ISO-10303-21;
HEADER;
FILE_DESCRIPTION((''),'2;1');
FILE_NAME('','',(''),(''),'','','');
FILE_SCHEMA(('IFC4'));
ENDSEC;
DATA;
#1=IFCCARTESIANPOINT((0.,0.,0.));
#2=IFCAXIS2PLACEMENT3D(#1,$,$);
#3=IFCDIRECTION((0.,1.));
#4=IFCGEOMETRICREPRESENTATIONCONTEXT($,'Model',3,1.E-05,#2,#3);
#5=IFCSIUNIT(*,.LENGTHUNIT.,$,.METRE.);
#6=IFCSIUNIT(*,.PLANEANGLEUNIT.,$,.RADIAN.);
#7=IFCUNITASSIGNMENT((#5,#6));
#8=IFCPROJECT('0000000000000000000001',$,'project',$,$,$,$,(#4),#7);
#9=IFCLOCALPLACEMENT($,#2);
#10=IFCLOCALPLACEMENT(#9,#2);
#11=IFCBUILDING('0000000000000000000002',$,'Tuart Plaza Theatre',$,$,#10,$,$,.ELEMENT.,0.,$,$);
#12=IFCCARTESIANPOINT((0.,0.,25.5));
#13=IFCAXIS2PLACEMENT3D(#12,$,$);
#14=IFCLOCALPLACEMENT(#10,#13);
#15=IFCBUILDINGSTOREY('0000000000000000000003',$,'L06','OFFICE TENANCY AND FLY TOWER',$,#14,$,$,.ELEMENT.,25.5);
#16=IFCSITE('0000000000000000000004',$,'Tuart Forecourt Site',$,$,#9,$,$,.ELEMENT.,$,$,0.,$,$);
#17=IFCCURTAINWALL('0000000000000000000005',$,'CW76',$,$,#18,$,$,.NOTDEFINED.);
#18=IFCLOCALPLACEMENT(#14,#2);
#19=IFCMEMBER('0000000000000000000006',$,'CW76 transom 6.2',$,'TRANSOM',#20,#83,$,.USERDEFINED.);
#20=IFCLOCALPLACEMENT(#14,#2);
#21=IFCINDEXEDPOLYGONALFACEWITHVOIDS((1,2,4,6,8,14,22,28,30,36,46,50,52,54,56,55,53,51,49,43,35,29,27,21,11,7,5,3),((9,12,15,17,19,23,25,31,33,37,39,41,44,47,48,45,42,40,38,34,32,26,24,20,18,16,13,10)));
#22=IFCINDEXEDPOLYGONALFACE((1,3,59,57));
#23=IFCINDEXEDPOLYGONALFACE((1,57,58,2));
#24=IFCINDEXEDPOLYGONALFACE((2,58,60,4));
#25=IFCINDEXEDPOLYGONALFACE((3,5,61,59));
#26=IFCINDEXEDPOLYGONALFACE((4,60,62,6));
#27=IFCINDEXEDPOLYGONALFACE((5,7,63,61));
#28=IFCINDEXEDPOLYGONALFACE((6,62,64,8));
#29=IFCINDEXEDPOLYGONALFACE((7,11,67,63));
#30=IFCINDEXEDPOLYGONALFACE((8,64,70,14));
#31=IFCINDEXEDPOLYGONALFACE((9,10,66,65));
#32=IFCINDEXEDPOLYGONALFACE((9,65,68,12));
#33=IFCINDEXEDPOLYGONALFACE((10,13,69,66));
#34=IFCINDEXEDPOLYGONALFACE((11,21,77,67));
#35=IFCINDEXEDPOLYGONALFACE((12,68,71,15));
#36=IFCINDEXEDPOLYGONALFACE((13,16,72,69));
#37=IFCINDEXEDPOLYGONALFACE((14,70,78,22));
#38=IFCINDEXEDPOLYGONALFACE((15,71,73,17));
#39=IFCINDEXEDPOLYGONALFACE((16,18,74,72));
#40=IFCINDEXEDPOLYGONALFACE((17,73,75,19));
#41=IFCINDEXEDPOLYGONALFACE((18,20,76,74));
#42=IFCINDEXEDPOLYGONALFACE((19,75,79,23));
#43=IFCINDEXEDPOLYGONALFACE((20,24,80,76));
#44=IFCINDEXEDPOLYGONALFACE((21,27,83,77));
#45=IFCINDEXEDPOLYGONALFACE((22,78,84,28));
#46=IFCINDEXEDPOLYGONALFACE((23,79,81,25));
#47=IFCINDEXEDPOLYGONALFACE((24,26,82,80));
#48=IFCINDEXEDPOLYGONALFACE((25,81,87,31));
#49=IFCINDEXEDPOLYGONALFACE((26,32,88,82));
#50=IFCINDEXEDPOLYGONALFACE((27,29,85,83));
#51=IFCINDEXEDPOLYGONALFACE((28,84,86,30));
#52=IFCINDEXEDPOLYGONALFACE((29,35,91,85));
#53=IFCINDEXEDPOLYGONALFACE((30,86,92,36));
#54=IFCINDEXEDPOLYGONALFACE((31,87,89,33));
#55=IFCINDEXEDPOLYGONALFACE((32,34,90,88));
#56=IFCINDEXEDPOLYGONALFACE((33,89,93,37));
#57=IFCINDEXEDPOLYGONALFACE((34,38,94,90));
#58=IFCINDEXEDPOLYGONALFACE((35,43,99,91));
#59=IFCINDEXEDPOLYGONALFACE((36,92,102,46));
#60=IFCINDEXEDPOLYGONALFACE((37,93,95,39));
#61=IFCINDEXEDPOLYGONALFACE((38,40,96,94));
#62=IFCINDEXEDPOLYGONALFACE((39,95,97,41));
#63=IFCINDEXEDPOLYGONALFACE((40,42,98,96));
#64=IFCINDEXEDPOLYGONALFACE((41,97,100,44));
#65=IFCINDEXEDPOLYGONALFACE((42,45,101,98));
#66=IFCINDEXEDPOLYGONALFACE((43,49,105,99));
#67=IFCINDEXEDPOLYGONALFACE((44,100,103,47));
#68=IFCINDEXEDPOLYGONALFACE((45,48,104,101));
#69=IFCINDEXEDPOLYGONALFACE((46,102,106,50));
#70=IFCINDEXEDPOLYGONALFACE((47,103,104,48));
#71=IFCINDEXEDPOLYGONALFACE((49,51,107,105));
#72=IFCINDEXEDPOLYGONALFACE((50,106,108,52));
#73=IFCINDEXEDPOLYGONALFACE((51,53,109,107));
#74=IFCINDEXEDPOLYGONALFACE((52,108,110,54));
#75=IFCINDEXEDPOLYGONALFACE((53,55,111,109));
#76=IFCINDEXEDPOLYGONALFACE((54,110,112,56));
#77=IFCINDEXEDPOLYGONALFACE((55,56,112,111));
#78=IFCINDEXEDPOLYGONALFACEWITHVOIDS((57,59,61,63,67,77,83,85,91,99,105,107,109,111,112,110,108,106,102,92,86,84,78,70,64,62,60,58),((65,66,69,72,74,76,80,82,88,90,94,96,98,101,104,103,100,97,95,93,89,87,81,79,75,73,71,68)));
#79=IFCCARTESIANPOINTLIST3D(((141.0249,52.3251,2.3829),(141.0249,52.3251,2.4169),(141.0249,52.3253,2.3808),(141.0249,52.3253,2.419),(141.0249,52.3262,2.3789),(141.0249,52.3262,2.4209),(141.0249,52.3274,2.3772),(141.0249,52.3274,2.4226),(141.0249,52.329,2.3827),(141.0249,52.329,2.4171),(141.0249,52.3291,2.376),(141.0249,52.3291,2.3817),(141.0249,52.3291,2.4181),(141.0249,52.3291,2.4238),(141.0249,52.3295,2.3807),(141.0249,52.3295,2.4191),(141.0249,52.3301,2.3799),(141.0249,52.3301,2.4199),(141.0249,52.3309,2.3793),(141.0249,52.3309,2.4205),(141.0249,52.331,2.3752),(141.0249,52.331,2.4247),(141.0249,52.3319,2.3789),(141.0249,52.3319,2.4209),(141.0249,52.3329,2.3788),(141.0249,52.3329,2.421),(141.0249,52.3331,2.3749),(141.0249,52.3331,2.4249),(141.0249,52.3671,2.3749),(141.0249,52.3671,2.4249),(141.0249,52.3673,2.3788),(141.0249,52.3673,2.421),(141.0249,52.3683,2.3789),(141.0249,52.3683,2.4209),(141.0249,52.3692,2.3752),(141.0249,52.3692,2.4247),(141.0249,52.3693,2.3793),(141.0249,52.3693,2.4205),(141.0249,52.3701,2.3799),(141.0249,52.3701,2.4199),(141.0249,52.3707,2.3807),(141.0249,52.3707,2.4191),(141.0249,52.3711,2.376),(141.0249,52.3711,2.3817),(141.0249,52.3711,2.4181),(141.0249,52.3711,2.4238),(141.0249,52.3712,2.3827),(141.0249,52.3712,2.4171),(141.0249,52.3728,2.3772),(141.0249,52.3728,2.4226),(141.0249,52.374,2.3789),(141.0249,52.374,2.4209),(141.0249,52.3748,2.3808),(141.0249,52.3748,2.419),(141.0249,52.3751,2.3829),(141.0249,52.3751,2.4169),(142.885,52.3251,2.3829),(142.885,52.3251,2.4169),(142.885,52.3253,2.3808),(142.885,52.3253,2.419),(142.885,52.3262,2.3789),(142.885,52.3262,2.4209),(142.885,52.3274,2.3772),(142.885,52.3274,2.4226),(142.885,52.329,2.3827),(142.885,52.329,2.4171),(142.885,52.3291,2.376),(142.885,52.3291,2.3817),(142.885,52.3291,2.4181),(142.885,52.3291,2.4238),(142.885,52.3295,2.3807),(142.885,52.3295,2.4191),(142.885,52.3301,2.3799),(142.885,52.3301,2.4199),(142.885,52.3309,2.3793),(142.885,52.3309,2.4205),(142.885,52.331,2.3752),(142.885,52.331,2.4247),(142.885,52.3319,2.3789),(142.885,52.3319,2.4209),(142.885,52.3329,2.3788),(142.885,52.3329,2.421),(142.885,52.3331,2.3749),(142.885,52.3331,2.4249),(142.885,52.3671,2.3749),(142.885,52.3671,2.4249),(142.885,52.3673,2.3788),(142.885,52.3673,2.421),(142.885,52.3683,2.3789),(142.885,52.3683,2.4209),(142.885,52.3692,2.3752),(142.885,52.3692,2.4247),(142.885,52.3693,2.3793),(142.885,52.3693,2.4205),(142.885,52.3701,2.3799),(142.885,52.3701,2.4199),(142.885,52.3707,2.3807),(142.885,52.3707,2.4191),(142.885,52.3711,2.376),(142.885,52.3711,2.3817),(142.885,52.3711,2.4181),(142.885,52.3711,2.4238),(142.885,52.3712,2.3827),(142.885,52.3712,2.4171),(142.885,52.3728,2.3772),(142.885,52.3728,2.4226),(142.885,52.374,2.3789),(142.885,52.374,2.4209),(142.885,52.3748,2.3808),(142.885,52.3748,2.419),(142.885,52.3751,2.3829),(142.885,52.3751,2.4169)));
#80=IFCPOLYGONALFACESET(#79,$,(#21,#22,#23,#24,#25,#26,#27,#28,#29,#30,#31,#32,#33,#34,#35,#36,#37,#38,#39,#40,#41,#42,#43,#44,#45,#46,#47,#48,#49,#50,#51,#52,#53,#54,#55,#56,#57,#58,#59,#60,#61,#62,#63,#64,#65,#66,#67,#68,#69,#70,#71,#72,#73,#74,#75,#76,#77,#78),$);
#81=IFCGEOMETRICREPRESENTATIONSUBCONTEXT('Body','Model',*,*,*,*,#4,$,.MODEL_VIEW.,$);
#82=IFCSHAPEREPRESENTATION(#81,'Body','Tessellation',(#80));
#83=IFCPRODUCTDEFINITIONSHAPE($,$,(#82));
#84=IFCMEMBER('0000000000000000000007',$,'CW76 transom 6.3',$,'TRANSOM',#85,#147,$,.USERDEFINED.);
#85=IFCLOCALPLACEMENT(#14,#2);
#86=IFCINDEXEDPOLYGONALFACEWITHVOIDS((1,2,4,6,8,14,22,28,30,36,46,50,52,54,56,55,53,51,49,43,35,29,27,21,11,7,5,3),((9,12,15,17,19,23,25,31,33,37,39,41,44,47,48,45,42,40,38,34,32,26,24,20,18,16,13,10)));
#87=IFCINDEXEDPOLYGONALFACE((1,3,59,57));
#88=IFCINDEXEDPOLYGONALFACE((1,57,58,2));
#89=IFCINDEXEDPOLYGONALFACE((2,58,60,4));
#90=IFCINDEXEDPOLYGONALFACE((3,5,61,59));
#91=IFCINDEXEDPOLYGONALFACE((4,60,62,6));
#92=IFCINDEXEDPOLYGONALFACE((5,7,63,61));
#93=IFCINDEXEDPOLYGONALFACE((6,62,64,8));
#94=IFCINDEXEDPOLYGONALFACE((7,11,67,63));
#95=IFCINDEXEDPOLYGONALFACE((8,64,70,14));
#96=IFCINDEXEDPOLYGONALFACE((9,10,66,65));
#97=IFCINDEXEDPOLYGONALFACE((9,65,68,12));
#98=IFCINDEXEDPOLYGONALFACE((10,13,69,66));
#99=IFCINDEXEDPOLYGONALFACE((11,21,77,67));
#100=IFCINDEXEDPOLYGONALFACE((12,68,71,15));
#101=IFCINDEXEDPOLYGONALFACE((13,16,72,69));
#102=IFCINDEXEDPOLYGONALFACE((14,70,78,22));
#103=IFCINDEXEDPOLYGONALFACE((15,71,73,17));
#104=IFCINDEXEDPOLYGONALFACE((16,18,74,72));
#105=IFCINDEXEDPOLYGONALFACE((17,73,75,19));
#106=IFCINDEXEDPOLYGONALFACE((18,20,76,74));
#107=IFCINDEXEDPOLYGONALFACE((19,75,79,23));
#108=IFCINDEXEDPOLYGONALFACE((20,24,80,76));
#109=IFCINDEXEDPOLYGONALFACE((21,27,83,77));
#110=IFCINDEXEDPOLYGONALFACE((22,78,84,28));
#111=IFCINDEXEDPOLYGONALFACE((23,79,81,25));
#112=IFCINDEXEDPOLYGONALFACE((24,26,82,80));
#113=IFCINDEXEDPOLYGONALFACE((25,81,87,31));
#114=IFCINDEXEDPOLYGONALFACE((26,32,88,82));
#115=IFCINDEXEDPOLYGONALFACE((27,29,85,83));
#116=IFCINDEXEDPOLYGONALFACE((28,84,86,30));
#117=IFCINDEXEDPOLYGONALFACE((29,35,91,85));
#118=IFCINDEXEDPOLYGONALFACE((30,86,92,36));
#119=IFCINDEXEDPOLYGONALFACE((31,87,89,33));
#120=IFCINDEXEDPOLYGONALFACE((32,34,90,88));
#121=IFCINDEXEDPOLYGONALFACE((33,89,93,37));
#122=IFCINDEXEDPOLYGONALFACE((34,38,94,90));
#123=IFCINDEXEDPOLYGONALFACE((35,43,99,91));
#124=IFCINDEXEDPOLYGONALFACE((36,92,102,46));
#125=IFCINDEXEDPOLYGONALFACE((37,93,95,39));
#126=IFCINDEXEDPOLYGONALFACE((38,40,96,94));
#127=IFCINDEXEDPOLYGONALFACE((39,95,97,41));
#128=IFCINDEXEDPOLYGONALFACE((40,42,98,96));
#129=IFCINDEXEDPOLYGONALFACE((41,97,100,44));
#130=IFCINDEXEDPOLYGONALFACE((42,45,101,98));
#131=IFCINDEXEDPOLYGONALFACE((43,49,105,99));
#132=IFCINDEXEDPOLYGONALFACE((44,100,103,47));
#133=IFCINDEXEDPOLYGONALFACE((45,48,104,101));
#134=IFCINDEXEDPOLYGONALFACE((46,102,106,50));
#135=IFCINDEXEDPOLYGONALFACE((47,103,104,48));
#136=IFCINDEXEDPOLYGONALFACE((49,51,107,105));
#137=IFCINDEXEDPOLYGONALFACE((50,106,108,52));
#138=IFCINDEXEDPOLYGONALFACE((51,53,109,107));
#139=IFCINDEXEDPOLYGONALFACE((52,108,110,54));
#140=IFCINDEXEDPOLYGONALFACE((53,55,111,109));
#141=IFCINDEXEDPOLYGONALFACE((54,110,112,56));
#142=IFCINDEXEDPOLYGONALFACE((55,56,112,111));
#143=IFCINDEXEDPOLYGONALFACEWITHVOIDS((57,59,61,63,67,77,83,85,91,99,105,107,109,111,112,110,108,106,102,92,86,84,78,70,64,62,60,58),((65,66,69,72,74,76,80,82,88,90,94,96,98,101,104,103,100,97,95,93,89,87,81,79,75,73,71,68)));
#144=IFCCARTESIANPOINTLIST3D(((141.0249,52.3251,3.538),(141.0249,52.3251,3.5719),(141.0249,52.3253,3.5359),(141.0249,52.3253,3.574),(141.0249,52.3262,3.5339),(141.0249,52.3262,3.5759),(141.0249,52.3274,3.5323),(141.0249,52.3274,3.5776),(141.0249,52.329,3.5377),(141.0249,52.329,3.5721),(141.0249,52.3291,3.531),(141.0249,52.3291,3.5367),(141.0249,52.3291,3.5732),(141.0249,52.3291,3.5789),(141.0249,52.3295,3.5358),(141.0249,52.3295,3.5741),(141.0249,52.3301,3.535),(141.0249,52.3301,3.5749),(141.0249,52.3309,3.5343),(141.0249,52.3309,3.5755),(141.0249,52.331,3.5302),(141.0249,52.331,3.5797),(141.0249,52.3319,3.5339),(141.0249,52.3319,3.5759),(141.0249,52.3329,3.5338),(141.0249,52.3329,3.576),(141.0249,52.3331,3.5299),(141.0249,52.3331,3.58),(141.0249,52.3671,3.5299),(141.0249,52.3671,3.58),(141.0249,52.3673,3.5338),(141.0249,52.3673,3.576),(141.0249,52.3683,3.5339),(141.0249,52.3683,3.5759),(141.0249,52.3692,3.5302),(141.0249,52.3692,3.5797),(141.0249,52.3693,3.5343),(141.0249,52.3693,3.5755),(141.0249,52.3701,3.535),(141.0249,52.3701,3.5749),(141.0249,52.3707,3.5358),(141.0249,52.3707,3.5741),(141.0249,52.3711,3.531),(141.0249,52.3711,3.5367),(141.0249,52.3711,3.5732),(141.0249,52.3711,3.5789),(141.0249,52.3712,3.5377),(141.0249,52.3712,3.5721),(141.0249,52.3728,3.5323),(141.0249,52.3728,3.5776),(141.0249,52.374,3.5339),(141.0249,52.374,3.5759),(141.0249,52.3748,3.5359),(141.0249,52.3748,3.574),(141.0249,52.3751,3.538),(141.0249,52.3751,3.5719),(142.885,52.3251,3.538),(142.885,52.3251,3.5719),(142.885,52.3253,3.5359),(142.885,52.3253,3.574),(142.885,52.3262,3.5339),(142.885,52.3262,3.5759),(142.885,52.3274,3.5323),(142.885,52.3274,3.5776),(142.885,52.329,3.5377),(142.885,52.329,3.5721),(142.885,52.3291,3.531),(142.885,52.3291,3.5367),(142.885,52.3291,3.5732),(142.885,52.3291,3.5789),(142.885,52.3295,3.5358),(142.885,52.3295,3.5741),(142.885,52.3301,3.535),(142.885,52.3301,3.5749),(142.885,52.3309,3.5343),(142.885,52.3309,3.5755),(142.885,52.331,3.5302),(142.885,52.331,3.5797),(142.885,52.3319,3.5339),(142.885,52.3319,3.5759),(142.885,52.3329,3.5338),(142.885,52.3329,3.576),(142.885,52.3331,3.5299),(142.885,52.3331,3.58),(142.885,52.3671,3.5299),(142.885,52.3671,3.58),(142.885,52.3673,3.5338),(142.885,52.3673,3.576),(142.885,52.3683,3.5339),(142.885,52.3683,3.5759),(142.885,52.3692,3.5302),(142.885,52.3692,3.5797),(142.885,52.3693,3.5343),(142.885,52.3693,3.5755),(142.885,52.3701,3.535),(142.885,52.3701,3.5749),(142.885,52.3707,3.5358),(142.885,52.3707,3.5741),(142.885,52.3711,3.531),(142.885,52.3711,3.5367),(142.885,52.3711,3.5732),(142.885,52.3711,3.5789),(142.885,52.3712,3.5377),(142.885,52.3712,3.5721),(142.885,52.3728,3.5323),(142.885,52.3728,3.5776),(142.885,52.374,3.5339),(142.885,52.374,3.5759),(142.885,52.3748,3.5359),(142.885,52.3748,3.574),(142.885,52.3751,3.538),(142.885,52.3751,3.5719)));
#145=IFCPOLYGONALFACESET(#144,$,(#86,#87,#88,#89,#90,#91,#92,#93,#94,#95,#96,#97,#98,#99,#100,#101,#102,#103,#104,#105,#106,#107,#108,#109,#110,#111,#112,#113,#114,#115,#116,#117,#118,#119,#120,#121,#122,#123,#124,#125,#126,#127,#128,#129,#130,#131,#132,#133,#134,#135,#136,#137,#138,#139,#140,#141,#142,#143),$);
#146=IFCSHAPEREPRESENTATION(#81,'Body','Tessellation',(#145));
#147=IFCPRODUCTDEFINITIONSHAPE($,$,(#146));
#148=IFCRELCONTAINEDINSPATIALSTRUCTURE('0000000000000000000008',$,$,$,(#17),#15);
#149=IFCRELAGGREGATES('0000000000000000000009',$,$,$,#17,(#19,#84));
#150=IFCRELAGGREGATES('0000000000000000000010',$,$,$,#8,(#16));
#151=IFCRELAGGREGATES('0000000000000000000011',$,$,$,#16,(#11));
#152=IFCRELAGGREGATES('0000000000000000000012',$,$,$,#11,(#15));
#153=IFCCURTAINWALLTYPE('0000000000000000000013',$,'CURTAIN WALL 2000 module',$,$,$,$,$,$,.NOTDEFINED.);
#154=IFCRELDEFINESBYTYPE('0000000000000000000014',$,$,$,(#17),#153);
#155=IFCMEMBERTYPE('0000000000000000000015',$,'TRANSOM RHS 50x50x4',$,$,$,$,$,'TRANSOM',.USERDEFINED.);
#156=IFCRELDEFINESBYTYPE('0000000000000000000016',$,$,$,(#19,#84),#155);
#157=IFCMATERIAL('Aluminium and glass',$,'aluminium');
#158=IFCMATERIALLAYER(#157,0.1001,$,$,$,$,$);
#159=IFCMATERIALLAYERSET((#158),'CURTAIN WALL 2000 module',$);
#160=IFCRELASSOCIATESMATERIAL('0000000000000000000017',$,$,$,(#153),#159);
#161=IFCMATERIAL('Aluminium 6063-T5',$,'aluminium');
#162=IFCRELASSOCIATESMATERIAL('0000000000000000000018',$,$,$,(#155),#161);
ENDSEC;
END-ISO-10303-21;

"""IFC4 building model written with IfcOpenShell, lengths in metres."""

from ifc_helpers import new_model, si_unit, direction, frame, origin, origin_2d, place, context, subcontext, project, spatial, hollow_rectangle, extrude, material, layer, layer_set, material_profile, profile_set, type_object, element, aggregate, save


model = new_model("IFC4")

# Units and contexts
model_context = context("Model", 3, precision=1e-05, world=origin(), true_north=direction((0.0, 1.0)))
body_context = subcontext(model_context, "Body", "Model", "MODEL_VIEW")
ifc_project = project(units=[si_unit("LENGTHUNIT", "METRE"), si_unit("PLANEANGLEUNIT", "RADIAN")], contexts=[model_context])

# Site, building, storey
site_placement = place(None, origin())
site = spatial("IfcSite", under=ifc_project, at=site_placement, Name="Tuart Forecourt Site", CompositionType="ELEMENT", RefElevation=0.0)
building_placement = place(site_placement, origin())
building = spatial("IfcBuilding", under=site, at=building_placement, Name="Tuart Plaza Theatre", CompositionType="ELEMENT", ElevationOfRefHeight=0.0)
storey_placement = place(building_placement, frame((0.0, 0.0, 25.5)))
storey = spatial("IfcBuildingStorey", under=building, at=storey_placement, Name="L06", Description="OFFICE TENANCY AND FLY TOWER", CompositionType="ELEMENT", Elevation=25.5)

# Curtain wall, members
ifc_material_1 = material(Name="Aluminium and glass", Category="aluminium")
ifc_layer_1 = layer(ifc_material_1, 0.1001)
ifc_layer_set_1 = layer_set([ifc_layer_1], Name="CURTAIN WALL 2000 module")
curtain_wall_type = type_object("IfcCurtainWallType", Name="CURTAIN WALL 2000 module", PredefinedType="NOTDEFINED", material=ifc_layer_set_1)
curtain_wall_placement = place(storey_placement, origin())
curtain_wall = element("IfcCurtainWall", 1, at=curtain_wall_placement, inside=storey, type_object=curtain_wall_type, Name="CW76", PredefinedType="NOTDEFINED")
ifc_material_2 = material(Name="Aluminium 6063-T5", Category="aluminium")
ifc_material_profile_1 = material_profile(ifc_material_2, hollow_rectangle(XDim=0.05, YDim=0.05, WallThickness=0.0039, InnerFilletRadius=0.0039, OuterFilletRadius=0.0081, at=origin_2d()), Name="RHS 50x50x4")
ifc_profile_set_1 = profile_set([ifc_material_profile_1], Name="Aluminium 6063-T5")
member_type_1 = type_object("IfcMemberType", Name="TRANSOM RHS 50x50x4", ElementType="TRANSOM", PredefinedType="USERDEFINED", material=ifc_profile_set_1)
member_1_placement = place(storey_placement, frame((141.0249, 52.3501, 2.3999), z_axis=(1.0, 0.0, 0.0), x_axis=(0.0, 1.0, 0.0)))
member_1 = element("IfcMember", 2, at=member_1_placement, type_object=member_type_1, Name="CW76 transom 6.2", ObjectType="TRANSOM", PredefinedType="USERDEFINED", context=body_context, shape_type="SweptSolid", body=[
    extrude(hollow_rectangle(XDim=0.05, YDim=0.05, WallThickness=0.0039, InnerFilletRadius=0.0039, OuterFilletRadius=0.0081, at=origin_2d()), origin(), (0.0, 0.0, 1.0), 1.8601),
])
member_2_placement = place(storey_placement, frame((141.0249, 52.3501, 3.5549), z_axis=(1.0, 0.0, 0.0), x_axis=(0.0, 1.0, 0.0)))
member_2 = element("IfcMember", 3, at=member_2_placement, type_object=member_type_1, Name="CW76 transom 6.3", ObjectType="TRANSOM", PredefinedType="USERDEFINED", context=body_context, shape_type="SweptSolid", body=[
    extrude(hollow_rectangle(XDim=0.05, YDim=0.05, WallThickness=0.0039, InnerFilletRadius=0.0039, OuterFilletRadius=0.0081, at=origin_2d()), origin(), (0.0, 0.0, 1.0), 1.8601),
])
aggregate(curtain_wall, [member_1, member_2])

save(model, "model.ifc")
